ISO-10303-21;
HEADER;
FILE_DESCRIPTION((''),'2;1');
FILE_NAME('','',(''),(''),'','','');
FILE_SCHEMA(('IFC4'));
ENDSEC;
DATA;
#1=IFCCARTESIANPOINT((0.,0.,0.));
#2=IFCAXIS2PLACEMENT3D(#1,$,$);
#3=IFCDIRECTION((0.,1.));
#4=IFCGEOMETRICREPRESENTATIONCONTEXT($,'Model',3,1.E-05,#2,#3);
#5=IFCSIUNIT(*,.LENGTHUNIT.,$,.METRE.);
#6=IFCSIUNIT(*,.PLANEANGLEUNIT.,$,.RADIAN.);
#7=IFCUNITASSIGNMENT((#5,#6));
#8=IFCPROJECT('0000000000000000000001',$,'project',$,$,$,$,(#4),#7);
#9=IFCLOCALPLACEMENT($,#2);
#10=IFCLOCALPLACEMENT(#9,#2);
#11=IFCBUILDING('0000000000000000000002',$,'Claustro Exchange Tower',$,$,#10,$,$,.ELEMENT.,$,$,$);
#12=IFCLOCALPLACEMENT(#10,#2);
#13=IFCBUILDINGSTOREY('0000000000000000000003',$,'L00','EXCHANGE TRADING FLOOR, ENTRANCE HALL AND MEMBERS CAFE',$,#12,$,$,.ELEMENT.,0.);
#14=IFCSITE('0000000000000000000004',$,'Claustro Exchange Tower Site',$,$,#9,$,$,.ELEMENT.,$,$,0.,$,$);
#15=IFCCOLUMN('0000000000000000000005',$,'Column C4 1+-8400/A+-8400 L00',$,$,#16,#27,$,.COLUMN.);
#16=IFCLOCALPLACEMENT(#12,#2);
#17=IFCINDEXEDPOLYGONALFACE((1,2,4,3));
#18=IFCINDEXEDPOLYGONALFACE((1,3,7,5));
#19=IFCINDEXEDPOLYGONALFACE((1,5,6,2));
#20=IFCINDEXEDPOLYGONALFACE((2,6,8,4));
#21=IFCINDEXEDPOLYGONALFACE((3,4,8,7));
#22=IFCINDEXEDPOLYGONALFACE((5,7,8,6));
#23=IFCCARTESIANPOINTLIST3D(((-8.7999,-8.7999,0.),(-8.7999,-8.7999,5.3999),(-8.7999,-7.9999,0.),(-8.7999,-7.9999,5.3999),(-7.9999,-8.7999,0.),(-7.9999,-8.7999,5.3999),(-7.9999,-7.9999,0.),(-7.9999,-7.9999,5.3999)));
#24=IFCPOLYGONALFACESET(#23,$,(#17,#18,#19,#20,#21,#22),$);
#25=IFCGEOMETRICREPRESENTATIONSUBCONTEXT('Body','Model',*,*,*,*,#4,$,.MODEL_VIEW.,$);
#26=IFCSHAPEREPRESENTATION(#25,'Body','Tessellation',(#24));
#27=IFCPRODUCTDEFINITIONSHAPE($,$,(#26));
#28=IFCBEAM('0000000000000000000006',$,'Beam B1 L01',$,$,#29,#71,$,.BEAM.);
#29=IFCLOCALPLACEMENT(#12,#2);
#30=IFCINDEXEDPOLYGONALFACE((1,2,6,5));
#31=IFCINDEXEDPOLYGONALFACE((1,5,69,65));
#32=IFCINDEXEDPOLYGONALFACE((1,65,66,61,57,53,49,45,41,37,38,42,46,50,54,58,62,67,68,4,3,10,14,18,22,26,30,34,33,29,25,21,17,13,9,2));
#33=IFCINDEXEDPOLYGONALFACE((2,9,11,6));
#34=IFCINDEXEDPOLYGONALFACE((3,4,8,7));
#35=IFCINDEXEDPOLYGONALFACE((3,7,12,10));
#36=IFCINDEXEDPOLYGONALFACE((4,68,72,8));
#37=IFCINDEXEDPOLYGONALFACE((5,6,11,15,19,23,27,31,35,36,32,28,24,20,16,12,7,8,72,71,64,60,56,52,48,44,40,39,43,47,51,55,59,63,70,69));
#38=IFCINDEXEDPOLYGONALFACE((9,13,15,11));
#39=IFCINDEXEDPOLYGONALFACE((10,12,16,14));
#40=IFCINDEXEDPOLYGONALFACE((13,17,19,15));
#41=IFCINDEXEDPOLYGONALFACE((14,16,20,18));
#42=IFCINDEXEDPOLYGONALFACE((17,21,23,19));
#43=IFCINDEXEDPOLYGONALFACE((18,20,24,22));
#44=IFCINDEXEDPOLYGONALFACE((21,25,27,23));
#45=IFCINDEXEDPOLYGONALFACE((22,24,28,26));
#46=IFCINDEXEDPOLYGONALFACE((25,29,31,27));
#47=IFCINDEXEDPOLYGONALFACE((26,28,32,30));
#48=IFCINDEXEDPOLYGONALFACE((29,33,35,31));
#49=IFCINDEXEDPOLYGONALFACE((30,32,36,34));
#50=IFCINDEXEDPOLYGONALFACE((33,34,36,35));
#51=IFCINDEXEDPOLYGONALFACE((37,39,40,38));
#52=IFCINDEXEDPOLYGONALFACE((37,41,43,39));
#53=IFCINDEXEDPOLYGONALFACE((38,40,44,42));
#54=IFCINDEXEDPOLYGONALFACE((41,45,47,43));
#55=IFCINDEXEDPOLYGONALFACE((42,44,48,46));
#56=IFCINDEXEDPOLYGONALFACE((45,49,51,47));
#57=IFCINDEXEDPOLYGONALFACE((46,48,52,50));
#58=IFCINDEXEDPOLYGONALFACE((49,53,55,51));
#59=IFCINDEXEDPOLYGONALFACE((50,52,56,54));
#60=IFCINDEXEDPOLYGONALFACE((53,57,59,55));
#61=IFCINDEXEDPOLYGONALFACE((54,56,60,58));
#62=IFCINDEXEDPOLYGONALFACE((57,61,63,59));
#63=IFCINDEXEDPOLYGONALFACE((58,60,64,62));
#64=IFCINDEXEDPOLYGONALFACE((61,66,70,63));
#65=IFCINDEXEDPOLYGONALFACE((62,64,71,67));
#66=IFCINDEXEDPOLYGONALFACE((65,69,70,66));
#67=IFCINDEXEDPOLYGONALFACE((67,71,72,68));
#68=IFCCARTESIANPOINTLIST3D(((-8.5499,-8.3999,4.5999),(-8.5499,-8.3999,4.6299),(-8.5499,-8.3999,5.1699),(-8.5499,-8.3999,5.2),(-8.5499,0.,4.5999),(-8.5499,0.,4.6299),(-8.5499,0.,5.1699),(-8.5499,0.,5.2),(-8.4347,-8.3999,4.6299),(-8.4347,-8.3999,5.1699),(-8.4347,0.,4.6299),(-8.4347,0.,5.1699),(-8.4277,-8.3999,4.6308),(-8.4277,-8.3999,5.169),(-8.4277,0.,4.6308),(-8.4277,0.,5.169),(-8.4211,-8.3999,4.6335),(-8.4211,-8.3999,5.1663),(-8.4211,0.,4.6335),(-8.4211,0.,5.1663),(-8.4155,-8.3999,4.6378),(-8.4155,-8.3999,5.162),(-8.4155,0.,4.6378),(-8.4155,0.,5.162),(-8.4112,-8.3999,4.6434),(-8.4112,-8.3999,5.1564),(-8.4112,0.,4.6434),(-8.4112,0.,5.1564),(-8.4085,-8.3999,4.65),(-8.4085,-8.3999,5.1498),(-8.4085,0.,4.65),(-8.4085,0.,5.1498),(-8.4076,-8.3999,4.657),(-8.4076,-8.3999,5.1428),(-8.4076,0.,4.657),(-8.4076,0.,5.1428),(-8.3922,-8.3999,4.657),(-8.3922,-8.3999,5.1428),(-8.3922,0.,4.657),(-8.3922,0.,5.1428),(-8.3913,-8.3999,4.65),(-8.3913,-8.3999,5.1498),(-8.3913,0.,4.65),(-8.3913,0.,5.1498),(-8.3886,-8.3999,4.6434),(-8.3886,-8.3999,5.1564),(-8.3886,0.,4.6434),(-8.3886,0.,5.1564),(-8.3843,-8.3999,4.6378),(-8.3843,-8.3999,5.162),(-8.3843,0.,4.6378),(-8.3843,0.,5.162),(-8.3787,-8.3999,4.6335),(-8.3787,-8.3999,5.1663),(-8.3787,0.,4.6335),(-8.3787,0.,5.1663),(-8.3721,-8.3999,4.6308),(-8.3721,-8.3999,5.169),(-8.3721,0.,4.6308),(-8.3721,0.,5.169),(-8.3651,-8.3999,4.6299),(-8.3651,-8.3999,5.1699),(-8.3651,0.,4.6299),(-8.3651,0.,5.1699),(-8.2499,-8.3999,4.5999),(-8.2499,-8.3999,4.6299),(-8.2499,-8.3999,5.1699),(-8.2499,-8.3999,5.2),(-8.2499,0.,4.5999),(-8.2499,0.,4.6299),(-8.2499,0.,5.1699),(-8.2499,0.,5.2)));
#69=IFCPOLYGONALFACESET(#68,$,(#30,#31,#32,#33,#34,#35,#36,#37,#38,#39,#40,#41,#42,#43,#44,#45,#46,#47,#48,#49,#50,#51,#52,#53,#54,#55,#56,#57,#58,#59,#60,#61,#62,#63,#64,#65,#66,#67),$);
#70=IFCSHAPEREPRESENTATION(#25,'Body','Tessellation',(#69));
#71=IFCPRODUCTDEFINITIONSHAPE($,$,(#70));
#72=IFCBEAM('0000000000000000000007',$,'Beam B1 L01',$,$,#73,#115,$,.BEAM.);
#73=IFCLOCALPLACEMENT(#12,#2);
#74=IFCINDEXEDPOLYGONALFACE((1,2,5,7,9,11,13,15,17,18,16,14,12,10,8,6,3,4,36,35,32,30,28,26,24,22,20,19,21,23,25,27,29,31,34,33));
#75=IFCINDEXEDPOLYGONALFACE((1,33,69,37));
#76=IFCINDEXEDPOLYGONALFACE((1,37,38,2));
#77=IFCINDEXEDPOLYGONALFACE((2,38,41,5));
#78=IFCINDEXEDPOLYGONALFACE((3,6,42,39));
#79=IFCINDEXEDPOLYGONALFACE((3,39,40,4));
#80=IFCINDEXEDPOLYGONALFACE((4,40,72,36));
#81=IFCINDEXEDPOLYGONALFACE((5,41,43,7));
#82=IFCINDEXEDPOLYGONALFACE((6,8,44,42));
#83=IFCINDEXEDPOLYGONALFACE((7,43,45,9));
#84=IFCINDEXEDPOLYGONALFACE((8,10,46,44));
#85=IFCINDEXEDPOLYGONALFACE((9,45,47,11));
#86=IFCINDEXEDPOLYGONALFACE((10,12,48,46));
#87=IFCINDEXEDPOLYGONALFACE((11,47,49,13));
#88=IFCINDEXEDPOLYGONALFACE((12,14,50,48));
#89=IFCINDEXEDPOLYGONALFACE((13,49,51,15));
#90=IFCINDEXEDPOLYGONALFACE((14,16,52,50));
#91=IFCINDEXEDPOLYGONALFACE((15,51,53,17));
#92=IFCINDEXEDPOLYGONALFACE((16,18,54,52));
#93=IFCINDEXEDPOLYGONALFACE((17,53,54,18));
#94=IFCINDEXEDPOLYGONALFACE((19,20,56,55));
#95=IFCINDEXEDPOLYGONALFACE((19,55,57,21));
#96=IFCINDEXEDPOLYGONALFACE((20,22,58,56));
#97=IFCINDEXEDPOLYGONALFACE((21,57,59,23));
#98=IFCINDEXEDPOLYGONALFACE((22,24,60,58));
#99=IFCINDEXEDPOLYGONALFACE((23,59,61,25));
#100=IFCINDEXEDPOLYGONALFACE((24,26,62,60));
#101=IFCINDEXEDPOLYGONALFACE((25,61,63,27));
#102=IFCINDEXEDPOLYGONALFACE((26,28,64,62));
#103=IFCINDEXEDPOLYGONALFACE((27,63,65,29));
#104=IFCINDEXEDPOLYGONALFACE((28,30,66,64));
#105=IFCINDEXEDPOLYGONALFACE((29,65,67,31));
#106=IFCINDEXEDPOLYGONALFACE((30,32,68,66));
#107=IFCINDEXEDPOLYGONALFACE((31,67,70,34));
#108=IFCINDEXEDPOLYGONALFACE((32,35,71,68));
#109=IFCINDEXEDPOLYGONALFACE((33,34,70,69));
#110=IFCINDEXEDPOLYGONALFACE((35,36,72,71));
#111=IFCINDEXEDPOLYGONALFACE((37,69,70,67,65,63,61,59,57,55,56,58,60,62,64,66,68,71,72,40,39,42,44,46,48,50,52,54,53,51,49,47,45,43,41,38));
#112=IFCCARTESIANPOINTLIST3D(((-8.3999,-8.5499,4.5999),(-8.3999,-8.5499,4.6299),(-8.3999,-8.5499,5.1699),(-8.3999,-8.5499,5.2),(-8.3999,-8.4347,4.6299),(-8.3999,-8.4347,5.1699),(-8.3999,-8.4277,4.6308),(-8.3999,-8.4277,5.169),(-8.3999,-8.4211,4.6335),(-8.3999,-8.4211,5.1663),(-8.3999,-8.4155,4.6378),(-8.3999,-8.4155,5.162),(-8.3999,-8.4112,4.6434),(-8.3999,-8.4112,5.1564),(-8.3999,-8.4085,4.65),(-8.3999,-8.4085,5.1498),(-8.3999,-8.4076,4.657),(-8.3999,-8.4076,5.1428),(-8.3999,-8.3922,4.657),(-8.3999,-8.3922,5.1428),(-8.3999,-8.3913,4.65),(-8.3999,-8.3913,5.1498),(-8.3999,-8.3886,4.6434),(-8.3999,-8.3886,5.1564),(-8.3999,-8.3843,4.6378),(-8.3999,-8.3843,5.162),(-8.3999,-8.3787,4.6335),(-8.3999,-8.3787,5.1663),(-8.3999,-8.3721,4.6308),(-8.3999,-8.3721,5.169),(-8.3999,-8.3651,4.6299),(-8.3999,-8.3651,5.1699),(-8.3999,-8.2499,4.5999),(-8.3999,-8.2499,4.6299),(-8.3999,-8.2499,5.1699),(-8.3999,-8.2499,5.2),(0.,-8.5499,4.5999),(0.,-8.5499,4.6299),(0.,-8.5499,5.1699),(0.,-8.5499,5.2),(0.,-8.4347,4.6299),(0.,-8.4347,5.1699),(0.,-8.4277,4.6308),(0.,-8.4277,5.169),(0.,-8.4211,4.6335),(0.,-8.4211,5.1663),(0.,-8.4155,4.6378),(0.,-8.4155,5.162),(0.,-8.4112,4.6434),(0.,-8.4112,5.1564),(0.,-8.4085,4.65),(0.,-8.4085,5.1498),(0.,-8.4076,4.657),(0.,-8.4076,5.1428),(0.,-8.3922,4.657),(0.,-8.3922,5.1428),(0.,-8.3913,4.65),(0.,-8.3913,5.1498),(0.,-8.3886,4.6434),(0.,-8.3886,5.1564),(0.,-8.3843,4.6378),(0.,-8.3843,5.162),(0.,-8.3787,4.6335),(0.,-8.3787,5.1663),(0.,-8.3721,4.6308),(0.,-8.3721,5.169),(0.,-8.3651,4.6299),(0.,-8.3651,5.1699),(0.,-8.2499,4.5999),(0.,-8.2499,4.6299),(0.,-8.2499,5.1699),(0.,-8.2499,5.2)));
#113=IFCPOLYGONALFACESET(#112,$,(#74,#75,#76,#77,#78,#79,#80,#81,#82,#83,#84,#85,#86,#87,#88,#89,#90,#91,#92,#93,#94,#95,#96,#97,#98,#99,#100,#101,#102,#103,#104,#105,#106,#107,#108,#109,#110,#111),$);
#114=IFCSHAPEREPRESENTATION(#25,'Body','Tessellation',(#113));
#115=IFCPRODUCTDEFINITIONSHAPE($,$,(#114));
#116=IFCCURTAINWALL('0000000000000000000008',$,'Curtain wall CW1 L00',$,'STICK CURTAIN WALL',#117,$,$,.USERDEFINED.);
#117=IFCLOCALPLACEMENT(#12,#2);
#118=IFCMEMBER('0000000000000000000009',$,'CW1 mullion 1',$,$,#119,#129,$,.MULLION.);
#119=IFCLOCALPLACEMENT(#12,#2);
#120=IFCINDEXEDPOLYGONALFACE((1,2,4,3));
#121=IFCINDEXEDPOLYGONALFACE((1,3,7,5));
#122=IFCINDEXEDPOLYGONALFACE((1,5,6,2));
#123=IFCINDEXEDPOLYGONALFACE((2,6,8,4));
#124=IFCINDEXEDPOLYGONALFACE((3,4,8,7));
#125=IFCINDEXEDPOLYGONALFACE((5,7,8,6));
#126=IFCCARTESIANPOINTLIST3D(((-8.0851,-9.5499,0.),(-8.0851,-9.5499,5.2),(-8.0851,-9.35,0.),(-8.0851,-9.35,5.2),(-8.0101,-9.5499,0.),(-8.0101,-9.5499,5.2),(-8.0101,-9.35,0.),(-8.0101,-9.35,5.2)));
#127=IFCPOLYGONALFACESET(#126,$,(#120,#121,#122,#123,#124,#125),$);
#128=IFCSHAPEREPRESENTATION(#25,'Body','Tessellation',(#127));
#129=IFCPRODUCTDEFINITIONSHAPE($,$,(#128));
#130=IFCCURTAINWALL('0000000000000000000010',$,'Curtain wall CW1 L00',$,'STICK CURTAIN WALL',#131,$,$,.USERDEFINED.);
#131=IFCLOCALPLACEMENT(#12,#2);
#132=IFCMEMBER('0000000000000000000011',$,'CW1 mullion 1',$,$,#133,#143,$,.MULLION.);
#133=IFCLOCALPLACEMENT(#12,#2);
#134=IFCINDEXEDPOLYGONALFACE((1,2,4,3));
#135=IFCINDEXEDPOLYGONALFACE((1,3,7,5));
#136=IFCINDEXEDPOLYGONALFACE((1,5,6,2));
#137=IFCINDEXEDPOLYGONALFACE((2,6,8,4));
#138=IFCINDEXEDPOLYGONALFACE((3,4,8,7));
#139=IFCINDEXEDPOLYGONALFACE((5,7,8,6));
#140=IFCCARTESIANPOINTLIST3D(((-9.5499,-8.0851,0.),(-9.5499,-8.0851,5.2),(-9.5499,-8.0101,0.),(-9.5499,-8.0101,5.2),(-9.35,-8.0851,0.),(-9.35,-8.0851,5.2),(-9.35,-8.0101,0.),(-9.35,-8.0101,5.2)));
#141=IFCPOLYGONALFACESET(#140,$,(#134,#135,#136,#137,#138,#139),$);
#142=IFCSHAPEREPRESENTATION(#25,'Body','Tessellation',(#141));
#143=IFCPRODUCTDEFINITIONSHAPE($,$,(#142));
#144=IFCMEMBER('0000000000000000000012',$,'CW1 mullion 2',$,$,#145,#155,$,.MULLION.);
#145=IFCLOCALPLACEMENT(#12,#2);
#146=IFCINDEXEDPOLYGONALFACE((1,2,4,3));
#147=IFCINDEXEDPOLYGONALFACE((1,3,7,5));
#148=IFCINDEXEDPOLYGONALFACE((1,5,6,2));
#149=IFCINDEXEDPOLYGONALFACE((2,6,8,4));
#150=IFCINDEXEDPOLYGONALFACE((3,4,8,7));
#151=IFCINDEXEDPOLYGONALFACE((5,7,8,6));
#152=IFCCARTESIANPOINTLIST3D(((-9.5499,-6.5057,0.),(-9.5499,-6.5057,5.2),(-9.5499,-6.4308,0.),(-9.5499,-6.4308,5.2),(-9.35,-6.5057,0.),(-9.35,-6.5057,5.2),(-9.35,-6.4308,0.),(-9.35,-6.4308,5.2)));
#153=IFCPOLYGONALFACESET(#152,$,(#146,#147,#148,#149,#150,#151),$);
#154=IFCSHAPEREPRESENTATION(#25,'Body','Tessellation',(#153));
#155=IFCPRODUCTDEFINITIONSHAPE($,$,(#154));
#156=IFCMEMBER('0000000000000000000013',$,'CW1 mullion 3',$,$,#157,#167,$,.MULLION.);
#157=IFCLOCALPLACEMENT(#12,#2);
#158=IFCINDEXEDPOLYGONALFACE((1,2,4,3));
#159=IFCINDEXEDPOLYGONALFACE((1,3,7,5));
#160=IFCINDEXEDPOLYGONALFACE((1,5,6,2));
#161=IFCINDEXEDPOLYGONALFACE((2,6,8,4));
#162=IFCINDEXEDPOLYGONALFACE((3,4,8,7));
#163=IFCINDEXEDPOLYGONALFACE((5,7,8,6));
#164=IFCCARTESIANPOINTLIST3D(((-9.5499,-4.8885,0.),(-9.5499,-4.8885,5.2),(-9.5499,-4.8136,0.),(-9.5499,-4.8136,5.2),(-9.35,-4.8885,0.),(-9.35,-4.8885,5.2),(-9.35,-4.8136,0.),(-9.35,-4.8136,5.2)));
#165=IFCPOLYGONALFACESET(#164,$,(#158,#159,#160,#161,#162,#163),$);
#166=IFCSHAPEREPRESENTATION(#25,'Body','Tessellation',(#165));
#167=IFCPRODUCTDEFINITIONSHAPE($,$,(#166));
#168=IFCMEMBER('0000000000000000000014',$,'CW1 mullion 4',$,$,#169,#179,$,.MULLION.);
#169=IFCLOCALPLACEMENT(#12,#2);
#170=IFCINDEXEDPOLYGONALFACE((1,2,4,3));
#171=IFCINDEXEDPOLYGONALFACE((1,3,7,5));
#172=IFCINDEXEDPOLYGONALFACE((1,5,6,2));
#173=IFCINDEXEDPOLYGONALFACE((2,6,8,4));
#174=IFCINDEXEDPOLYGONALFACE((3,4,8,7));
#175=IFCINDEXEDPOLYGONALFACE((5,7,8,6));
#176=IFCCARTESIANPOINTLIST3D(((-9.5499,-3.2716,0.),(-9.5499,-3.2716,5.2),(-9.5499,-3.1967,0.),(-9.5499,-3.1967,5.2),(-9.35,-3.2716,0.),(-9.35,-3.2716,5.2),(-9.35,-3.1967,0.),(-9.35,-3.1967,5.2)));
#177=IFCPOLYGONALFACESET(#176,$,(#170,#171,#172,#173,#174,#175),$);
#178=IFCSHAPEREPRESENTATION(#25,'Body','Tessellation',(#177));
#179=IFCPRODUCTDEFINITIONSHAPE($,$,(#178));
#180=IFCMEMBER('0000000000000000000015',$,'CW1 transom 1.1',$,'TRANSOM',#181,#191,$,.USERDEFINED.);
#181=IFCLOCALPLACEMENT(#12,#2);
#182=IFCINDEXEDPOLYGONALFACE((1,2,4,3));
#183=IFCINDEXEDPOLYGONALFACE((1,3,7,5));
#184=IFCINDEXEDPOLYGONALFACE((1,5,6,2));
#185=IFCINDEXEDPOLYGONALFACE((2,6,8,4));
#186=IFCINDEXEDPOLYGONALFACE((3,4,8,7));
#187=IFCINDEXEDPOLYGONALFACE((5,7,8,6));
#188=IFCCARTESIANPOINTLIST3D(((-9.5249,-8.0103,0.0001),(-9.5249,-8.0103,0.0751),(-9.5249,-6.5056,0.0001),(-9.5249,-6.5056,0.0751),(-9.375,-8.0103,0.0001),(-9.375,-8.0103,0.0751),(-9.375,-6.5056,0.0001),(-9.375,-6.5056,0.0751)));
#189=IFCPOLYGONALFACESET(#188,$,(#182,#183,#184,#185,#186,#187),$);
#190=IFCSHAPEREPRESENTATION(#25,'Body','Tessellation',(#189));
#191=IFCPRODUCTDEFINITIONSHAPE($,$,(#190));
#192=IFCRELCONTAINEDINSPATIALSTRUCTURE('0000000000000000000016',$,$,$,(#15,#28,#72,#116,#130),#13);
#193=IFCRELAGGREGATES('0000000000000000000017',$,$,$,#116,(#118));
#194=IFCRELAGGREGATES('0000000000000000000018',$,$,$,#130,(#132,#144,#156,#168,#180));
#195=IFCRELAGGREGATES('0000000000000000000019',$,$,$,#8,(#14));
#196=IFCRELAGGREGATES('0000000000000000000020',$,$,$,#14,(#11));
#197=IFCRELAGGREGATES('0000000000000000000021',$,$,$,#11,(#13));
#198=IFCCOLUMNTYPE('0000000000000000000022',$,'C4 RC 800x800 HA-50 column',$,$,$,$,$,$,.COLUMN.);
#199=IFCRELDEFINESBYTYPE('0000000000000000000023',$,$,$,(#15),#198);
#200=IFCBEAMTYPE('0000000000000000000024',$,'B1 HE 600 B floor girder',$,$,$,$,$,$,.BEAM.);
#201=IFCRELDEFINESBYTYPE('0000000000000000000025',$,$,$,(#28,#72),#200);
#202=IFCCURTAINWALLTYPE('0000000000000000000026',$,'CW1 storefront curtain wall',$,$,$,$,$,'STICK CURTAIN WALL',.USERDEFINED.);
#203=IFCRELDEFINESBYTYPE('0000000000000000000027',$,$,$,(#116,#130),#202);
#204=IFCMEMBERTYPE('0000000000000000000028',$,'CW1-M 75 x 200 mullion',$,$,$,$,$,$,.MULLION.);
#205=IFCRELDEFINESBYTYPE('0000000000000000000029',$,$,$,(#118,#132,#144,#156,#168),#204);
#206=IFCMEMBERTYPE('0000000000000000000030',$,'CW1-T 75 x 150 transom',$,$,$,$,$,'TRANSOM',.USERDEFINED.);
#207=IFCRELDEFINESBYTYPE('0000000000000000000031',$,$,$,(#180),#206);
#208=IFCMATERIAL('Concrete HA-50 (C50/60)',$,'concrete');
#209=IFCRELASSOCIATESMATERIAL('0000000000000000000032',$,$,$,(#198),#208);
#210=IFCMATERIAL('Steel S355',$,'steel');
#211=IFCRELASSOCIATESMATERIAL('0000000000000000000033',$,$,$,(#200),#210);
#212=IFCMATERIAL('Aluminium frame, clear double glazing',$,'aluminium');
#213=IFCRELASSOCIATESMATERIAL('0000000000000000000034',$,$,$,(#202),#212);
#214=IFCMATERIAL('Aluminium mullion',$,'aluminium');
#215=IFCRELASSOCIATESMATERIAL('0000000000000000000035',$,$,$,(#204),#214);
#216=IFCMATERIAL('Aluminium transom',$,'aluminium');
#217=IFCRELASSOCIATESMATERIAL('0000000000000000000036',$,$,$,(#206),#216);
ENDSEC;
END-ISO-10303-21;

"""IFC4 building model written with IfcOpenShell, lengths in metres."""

from ifc_helpers import new_model, si_unit, direction, frame, origin, origin_2d, place, context, subcontext, project, spatial, rectangle, i_section, extrude, material, material_profile, profile_set, type_object, element, aggregate, save


model = new_model("IFC4")

# Units and contexts
model_context = context("Model", 3, precision=1e-05, world=origin(), true_north=direction((0.0, 1.0)))
body_context = subcontext(model_context, "Body", "Model", "MODEL_VIEW")
ifc_project = project(units=[si_unit("LENGTHUNIT", "METRE"), si_unit("PLANEANGLEUNIT", "RADIAN")], contexts=[model_context])

# Site, building, storey
site_placement = place(None, origin())
site = spatial("IfcSite", under=ifc_project, at=site_placement, Name="Claustro Exchange Tower Site", CompositionType="ELEMENT", RefElevation=0.0)
building_placement = place(site_placement, origin())
building = spatial("IfcBuilding", under=site, at=building_placement, Name="Claustro Exchange Tower", CompositionType="ELEMENT")
storey_placement = place(building_placement, origin())
storey = spatial("IfcBuildingStorey", under=building, at=storey_placement, Name="L00", Description="EXCHANGE TRADING FLOOR, ENTRANCE HALL AND MEMBERS CAFE", CompositionType="ELEMENT", Elevation=0.0)

# Column
ifc_material_1 = material(Name="Concrete HA-50 (C50/60)", Category="concrete")
ifc_material_profile_1 = material_profile(ifc_material_1, rectangle(XDim=0.8, YDim=0.8, at=origin_2d()), Name="RC 800x800")
ifc_profile_set_1 = profile_set([ifc_material_profile_1], Name="Concrete HA-50 (C50/60)")
column_type = type_object("IfcColumnType", Name="C4 RC 800x800 HA-50 column", PredefinedType="COLUMN", material=ifc_profile_set_1)
column_placement = place(storey_placement, frame((-8.3999, -8.3999, 0.0), z_axis=(0.0, 0.0, 1.0), x_axis=(1.0, 0.0, 0.0)))
element("IfcColumn", 1, at=column_placement, inside=storey, type_object=column_type, Name="Column C4 1+-8400/A+-8400 L00", PredefinedType="COLUMN", context=body_context, shape_type="SweptSolid", body=[
    extrude(rectangle(XDim=0.8, YDim=0.8, at=origin_2d()), origin(), (0.0, 0.0, 1.0), 5.3999),
])

# Beams
ifc_material_2 = material(Name="Steel S355", Category="steel")
ifc_material_profile_2 = material_profile(ifc_material_2, i_section(OverallWidth=0.3, OverallDepth=0.6001, WebThickness=0.0154, FlangeThickness=0.03, FilletRadius=0.0271, at=origin_2d()), Name="HE 600 B")
ifc_profile_set_2 = profile_set([ifc_material_profile_2], Name="Steel S355")
beam_type = type_object("IfcBeamType", Name="B1 HE 600 B floor girder", PredefinedType="BEAM", material=ifc_profile_set_2)
for number, where, z_axis, x_axis, name in (
    (2, (-8.3999, -8.3999, 4.8999), (0.0, 1.0, 0.0), (-1.0, 0.0, 0.0), "Beam B1 L01"),
    (3, (-8.3999, -8.3999, 4.8999), (1.0, 0.0, 0.0), (0.0, 1.0, 0.0), "Beam B1 L01"),
):
    element("IfcBeam", number, at=place(storey_placement, frame(where, z_axis=z_axis, x_axis=x_axis)), inside=storey, type_object=beam_type, Name=name, PredefinedType="BEAM", context=body_context, shape_type="SweptSolid", body=[
        extrude(i_section(OverallWidth=0.3, OverallDepth=0.6001, WebThickness=0.0154, FlangeThickness=0.03, FilletRadius=0.0271, at=origin_2d()), origin(), (0.0, 0.0, 1.0), 8.3999),
    ])

# Curtain wall, member
ifc_material_3 = material(Name="Aluminium frame, clear double glazing", Category="aluminium")
curtain_wall_type = type_object("IfcCurtainWallType", Name="CW1 storefront curtain wall", ElementType="STICK CURTAIN WALL", PredefinedType="USERDEFINED", material=ifc_material_3)
curtain_wall_1_placement = place(storey_placement, origin())
curtain_wall_1 = element("IfcCurtainWall", 4, at=curtain_wall_1_placement, inside=storey, type_object=curtain_wall_type, Name="Curtain wall CW1 L00", ObjectType="STICK CURTAIN WALL", PredefinedType="USERDEFINED")
ifc_material_4 = material(Name="Aluminium mullion", Category="aluminium")
ifc_material_profile_3 = material_profile(ifc_material_4, rectangle(XDim=0.2, YDim=0.075, at=origin_2d()), Name="CW1-M 75x200")
ifc_profile_set_3 = profile_set([ifc_material_profile_3], Name="Aluminium mullion")
member_type_1 = type_object("IfcMemberType", Name="CW1-M 75 x 200 mullion", PredefinedType="MULLION", material=ifc_profile_set_3)
member_1_placement = place(storey_placement, frame((-8.0476, -9.45, 0.0), z_axis=(0.0, 0.0, 1.0), x_axis=(0.0, 1.0, 0.0)))
member_1 = element("IfcMember", 5, at=member_1_placement, type_object=member_type_1, Name="CW1 mullion 1", PredefinedType="MULLION", context=body_context, shape_type="SweptSolid", body=[
    extrude(rectangle(XDim=0.2, YDim=0.075, at=origin_2d()), origin(), (0.0, 0.0, 1.0), 5.2),
])
aggregate(curtain_wall_1, [member_1])

# Curtain wall, members
curtain_wall_2_placement = place(storey_placement, origin())
curtain_wall_2 = element("IfcCurtainWall", 6, at=curtain_wall_2_placement, inside=storey, type_object=curtain_wall_type, Name="Curtain wall CW1 L00", ObjectType="STICK CURTAIN WALL", PredefinedType="USERDEFINED")
member_2_placement = place(storey_placement, frame((-9.45, -8.0476, 0.0), z_axis=(0.0, 0.0, 1.0), x_axis=(-1.0, 0.0, 0.0)))
member_2 = element("IfcMember", 7, at=member_2_placement, type_object=member_type_1, Name="CW1 mullion 1", PredefinedType="MULLION", context=body_context, shape_type="SweptSolid", body=[
    extrude(rectangle(XDim=0.2, YDim=0.075, at=origin_2d()), origin(), (0.0, 0.0, 1.0), 5.2),
])
member_3_placement = place(storey_placement, frame((-9.45, -6.4683, 0.0), z_axis=(0.0, 0.0, 1.0), x_axis=(-1.0, 0.0, 0.0)))
member_3 = element("IfcMember", 8, at=member_3_placement, type_object=member_type_1, Name="CW1 mullion 2", PredefinedType="MULLION", context=body_context, shape_type="SweptSolid", body=[
    extrude(rectangle(XDim=0.2, YDim=0.075, at=origin_2d()), origin(), (0.0, 0.0, 1.0), 5.2),
])
member_4_placement = place(storey_placement, frame((-9.45, -4.8511, 0.0), z_axis=(0.0, 0.0, 1.0), x_axis=(-1.0, 0.0, 0.0)))
member_4 = element("IfcMember", 9, at=member_4_placement, type_object=member_type_1, Name="CW1 mullion 3", PredefinedType="MULLION", context=body_context, shape_type="SweptSolid", body=[
    extrude(rectangle(XDim=0.2, YDim=0.075, at=origin_2d()), origin(), (0.0, 0.0, 1.0), 5.2),
])
member_5_placement = place(storey_placement, frame((-9.45, -3.2341, 0.0), z_axis=(0.0, 0.0, 1.0), x_axis=(-1.0, 0.0, 0.0)))
member_5 = element("IfcMember", 10, at=member_5_placement, type_object=member_type_1, Name="CW1 mullion 4", PredefinedType="MULLION", context=body_context, shape_type="SweptSolid", body=[
    extrude(rectangle(XDim=0.2, YDim=0.075, at=origin_2d()), origin(), (0.0, 0.0, 1.0), 5.2),
])
ifc_material_5 = material(Name="Aluminium transom", Category="aluminium")
ifc_material_profile_4 = material_profile(ifc_material_5, rectangle(XDim=0.1499, YDim=0.075, at=origin_2d()), Name="CW1-T 75x150")
ifc_profile_set_4 = profile_set([ifc_material_profile_4], Name="Aluminium transom")
member_type_2 = type_object("IfcMemberType", Name="CW1-T 75 x 150 transom", ElementType="TRANSOM", PredefinedType="USERDEFINED", material=ifc_profile_set_4)
member_6_placement = place(storey_placement, frame((-9.45, -8.0103, 0.0376), z_axis=(0.0, 1.0, 0.0), x_axis=(-1.0, 0.0, 0.0)))
member_6 = element("IfcMember", 11, at=member_6_placement, type_object=member_type_2, Name="CW1 transom 1.1", ObjectType="TRANSOM", PredefinedType="USERDEFINED", context=body_context, shape_type="SweptSolid", body=[
    extrude(rectangle(XDim=0.1499, YDim=0.075, at=origin_2d()), origin(), (0.0, 0.0, 1.0), 1.5046),
])
aggregate(curtain_wall_2, [member_2, member_3, member_4, member_5, member_6])

save(model, "model.ifc")
